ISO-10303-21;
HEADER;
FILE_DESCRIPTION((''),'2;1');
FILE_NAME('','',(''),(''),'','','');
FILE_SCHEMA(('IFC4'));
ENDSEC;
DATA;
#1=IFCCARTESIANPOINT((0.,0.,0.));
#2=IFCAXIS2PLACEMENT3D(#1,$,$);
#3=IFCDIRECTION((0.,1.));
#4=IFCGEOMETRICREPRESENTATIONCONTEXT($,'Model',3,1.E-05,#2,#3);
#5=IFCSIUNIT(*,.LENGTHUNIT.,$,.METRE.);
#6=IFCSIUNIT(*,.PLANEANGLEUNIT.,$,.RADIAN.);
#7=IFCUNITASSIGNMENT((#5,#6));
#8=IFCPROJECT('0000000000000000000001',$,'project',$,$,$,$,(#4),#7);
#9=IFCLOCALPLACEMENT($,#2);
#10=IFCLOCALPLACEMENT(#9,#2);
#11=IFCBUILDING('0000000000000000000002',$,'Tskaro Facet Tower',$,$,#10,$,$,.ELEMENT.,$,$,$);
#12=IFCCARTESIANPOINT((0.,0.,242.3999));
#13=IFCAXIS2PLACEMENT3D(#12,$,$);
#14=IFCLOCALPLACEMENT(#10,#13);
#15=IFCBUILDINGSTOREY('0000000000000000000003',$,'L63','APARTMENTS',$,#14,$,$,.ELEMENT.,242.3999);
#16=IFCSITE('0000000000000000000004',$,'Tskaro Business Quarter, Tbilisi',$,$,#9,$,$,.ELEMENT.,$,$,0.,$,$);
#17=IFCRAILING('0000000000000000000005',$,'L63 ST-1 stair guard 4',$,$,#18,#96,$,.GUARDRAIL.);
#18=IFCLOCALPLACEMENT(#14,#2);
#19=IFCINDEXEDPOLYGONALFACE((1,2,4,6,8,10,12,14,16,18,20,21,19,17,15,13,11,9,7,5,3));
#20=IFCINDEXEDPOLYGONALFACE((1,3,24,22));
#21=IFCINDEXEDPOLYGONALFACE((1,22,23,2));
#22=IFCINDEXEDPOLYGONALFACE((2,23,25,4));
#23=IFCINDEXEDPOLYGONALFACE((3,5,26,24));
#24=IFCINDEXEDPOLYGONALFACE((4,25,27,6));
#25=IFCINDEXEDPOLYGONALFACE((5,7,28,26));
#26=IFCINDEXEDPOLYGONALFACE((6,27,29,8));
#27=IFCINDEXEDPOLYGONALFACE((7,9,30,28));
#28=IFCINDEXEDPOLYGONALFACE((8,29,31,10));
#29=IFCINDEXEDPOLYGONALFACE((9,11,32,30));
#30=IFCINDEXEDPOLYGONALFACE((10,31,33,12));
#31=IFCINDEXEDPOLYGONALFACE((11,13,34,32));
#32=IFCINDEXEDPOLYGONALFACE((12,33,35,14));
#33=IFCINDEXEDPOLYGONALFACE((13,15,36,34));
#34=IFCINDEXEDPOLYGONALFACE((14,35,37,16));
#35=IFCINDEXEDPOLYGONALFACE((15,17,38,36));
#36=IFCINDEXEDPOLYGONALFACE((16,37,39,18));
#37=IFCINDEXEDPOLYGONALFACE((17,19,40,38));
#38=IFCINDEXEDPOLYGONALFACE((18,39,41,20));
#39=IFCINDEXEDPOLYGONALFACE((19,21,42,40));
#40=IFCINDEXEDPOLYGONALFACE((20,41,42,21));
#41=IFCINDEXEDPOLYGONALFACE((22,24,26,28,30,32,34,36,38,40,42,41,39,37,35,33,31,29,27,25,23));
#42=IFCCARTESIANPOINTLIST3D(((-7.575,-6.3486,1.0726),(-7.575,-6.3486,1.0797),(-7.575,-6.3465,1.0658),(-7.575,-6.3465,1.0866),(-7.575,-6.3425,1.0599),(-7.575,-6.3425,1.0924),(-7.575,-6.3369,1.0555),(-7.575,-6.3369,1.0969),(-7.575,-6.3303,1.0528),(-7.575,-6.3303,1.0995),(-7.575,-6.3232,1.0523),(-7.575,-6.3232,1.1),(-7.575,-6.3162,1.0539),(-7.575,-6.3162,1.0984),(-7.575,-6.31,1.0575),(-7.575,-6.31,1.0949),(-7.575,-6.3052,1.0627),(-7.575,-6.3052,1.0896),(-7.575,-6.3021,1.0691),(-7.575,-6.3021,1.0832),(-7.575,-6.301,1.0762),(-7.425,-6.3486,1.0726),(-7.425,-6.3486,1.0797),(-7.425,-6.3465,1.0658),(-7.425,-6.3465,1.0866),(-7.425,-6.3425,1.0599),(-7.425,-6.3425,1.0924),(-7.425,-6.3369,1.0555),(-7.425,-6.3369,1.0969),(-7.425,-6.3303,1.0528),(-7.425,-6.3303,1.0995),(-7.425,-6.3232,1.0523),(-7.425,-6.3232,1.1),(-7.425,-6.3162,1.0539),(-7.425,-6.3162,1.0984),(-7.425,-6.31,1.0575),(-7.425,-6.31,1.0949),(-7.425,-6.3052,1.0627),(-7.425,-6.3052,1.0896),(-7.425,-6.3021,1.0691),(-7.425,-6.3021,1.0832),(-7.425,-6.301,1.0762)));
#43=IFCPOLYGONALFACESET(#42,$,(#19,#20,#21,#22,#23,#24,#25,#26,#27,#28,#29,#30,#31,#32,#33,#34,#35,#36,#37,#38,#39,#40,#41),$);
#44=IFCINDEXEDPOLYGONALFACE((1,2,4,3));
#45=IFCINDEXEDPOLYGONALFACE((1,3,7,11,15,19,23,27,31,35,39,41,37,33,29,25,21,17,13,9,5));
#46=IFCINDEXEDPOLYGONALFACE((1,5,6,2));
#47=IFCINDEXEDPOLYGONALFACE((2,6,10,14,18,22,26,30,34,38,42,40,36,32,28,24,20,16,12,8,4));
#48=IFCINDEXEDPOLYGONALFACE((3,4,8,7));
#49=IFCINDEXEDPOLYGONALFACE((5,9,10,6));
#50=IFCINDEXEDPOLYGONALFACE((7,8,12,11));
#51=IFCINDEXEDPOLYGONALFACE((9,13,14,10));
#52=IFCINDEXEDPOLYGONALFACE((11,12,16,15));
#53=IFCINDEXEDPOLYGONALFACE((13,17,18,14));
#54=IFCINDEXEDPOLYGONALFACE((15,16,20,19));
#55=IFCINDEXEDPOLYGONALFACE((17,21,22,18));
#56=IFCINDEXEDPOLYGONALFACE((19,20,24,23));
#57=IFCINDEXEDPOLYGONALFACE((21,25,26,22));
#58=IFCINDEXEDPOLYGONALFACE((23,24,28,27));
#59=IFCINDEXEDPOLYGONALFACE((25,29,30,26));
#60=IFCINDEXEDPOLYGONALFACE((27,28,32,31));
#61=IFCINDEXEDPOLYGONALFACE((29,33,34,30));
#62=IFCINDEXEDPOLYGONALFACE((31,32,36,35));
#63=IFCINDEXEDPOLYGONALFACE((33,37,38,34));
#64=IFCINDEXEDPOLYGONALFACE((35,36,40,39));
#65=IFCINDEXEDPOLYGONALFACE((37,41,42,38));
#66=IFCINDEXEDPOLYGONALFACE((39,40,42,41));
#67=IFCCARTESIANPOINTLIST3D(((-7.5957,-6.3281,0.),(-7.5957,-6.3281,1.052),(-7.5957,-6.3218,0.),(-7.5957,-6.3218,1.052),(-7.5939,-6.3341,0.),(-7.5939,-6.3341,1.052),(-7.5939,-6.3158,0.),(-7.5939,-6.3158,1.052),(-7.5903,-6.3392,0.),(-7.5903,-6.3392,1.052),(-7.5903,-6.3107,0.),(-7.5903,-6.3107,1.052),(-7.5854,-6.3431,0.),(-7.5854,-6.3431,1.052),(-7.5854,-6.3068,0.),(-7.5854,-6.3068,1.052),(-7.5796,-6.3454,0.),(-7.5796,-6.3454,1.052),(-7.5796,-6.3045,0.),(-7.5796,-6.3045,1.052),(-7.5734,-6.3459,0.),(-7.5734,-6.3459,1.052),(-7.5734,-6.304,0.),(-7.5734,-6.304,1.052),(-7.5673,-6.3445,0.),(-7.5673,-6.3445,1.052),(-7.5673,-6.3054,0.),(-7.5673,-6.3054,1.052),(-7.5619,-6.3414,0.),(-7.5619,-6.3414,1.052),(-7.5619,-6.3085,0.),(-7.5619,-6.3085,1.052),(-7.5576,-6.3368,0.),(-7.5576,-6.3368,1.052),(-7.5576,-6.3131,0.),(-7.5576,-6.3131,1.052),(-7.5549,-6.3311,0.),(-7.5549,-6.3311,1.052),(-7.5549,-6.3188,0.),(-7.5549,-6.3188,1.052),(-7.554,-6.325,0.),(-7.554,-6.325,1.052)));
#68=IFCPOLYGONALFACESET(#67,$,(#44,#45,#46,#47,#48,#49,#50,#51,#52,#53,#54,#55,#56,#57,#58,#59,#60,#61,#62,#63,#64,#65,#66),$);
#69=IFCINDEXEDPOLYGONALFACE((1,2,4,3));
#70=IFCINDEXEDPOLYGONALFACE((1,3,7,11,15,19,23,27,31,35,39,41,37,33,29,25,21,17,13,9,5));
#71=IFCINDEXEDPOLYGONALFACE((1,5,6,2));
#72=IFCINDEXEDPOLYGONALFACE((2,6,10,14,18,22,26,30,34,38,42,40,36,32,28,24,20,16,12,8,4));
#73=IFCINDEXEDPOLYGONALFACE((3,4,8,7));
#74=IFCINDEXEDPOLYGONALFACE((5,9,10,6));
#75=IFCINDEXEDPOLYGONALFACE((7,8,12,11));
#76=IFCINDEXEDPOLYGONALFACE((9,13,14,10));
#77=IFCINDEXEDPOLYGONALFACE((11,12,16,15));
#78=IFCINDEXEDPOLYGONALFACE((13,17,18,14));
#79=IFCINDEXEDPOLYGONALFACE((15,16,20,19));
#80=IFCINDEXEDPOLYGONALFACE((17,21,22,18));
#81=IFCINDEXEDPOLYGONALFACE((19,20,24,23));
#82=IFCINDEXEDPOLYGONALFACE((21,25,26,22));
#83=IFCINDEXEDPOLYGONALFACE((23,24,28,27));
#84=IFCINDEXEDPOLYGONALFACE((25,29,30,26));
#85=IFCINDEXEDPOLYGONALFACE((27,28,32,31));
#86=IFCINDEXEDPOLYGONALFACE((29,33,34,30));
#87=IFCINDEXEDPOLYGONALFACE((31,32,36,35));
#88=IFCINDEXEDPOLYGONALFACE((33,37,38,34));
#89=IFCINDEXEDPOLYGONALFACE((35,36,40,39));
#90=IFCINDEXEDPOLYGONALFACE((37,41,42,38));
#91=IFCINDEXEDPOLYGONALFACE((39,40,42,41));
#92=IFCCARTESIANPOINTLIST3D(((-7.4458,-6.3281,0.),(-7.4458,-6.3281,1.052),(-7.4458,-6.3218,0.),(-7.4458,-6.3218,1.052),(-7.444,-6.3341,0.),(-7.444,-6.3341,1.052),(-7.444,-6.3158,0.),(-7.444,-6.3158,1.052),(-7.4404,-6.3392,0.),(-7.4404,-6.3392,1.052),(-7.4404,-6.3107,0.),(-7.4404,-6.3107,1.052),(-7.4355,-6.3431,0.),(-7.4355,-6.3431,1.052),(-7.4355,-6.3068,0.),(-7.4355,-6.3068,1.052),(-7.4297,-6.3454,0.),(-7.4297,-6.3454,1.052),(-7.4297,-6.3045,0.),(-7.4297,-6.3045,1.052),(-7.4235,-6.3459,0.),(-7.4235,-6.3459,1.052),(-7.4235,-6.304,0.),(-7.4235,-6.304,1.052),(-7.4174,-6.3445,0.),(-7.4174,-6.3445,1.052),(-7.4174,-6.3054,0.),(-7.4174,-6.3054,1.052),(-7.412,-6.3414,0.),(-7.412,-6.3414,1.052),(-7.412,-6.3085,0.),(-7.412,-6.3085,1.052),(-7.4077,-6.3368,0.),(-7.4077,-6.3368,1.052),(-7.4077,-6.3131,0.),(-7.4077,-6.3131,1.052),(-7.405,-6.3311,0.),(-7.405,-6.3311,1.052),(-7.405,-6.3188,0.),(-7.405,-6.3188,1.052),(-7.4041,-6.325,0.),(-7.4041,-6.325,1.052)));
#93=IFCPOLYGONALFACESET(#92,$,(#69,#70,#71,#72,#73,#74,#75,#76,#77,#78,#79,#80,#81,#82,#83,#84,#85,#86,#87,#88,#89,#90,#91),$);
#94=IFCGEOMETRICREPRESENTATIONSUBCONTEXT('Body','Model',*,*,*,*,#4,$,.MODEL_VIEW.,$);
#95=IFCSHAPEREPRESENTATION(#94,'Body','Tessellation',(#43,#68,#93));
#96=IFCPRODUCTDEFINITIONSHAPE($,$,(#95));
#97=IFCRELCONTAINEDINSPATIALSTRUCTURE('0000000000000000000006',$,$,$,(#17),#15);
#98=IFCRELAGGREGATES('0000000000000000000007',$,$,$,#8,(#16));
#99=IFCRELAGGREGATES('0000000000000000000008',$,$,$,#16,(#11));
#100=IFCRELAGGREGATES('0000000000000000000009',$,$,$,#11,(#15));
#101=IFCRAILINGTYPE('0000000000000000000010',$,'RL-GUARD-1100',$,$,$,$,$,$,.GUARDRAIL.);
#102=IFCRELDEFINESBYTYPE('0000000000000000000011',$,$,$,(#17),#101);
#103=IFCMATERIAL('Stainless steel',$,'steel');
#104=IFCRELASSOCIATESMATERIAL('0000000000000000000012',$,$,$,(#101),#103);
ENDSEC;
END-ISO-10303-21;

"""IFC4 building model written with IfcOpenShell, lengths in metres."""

from ifc_helpers import new_model, si_unit, direction, frame, origin, origin_2d, place, context, subcontext, project, spatial, circle, extrude, material, type_object, element, save


model = new_model("IFC4")

# Units and contexts
model_context = context("Model", 3, precision=1e-05, world=origin(), true_north=direction((0.0, 1.0)))
body_context = subcontext(model_context, "Body", "Model", "MODEL_VIEW")
ifc_project = project(units=[si_unit("LENGTHUNIT", "METRE"), si_unit("PLANEANGLEUNIT", "RADIAN")], contexts=[model_context])

# Site, building, storey
site_placement = place(None, origin())
site = spatial("IfcSite", under=ifc_project, at=site_placement, Name="Tskaro Business Quarter, Tbilisi", CompositionType="ELEMENT", RefElevation=0.0)
building_placement = place(site_placement, origin())
building = spatial("IfcBuilding", under=site, at=building_placement, Name="Tskaro Facet Tower", CompositionType="ELEMENT")
storey_placement = place(building_placement, frame((0.0, 0.0, 242.3999)))
storey = spatial("IfcBuildingStorey", under=building, at=storey_placement, Name="L63", Description="APARTMENTS", CompositionType="ELEMENT", Elevation=242.3999)

# Shared definitions
ifc_material_1 = material(Name="Stainless steel", Category="steel")

# Railing
railing_type_1 = type_object("IfcRailingType", Name="RL-GUARD-1100", PredefinedType="GUARDRAIL", material=ifc_material_1)
railing_1_placement = place(storey_placement, frame((-7.575, -6.325, 0.0)))
element("IfcRailing", 1, at=railing_1_placement, inside=storey, type_object=railing_type_1, Name="L63 ST-1 stair guard 4", PredefinedType="GUARDRAIL", context=body_context, shape_type="SweptSolid", body=[
    extrude(circle(Radius=0.0239, at=origin_2d()), frame((0.0, 0.0, 1.0762), z_axis=(1.0, 0.0, 0.0), x_axis=(0.0, 1.0, 0.0)), (0.0, 0.0, 1.0), 0.1499),
    extrude(circle(Radius=0.021, at=origin_2d()), origin(), (0.0, 0.0, 1.0), 1.052),
    extrude(circle(Radius=0.021, at=origin_2d()), frame((0.1499, 0.0, 0.0)), (0.0, 0.0, 1.0), 1.052),
])

save(model, "model.ifc")
